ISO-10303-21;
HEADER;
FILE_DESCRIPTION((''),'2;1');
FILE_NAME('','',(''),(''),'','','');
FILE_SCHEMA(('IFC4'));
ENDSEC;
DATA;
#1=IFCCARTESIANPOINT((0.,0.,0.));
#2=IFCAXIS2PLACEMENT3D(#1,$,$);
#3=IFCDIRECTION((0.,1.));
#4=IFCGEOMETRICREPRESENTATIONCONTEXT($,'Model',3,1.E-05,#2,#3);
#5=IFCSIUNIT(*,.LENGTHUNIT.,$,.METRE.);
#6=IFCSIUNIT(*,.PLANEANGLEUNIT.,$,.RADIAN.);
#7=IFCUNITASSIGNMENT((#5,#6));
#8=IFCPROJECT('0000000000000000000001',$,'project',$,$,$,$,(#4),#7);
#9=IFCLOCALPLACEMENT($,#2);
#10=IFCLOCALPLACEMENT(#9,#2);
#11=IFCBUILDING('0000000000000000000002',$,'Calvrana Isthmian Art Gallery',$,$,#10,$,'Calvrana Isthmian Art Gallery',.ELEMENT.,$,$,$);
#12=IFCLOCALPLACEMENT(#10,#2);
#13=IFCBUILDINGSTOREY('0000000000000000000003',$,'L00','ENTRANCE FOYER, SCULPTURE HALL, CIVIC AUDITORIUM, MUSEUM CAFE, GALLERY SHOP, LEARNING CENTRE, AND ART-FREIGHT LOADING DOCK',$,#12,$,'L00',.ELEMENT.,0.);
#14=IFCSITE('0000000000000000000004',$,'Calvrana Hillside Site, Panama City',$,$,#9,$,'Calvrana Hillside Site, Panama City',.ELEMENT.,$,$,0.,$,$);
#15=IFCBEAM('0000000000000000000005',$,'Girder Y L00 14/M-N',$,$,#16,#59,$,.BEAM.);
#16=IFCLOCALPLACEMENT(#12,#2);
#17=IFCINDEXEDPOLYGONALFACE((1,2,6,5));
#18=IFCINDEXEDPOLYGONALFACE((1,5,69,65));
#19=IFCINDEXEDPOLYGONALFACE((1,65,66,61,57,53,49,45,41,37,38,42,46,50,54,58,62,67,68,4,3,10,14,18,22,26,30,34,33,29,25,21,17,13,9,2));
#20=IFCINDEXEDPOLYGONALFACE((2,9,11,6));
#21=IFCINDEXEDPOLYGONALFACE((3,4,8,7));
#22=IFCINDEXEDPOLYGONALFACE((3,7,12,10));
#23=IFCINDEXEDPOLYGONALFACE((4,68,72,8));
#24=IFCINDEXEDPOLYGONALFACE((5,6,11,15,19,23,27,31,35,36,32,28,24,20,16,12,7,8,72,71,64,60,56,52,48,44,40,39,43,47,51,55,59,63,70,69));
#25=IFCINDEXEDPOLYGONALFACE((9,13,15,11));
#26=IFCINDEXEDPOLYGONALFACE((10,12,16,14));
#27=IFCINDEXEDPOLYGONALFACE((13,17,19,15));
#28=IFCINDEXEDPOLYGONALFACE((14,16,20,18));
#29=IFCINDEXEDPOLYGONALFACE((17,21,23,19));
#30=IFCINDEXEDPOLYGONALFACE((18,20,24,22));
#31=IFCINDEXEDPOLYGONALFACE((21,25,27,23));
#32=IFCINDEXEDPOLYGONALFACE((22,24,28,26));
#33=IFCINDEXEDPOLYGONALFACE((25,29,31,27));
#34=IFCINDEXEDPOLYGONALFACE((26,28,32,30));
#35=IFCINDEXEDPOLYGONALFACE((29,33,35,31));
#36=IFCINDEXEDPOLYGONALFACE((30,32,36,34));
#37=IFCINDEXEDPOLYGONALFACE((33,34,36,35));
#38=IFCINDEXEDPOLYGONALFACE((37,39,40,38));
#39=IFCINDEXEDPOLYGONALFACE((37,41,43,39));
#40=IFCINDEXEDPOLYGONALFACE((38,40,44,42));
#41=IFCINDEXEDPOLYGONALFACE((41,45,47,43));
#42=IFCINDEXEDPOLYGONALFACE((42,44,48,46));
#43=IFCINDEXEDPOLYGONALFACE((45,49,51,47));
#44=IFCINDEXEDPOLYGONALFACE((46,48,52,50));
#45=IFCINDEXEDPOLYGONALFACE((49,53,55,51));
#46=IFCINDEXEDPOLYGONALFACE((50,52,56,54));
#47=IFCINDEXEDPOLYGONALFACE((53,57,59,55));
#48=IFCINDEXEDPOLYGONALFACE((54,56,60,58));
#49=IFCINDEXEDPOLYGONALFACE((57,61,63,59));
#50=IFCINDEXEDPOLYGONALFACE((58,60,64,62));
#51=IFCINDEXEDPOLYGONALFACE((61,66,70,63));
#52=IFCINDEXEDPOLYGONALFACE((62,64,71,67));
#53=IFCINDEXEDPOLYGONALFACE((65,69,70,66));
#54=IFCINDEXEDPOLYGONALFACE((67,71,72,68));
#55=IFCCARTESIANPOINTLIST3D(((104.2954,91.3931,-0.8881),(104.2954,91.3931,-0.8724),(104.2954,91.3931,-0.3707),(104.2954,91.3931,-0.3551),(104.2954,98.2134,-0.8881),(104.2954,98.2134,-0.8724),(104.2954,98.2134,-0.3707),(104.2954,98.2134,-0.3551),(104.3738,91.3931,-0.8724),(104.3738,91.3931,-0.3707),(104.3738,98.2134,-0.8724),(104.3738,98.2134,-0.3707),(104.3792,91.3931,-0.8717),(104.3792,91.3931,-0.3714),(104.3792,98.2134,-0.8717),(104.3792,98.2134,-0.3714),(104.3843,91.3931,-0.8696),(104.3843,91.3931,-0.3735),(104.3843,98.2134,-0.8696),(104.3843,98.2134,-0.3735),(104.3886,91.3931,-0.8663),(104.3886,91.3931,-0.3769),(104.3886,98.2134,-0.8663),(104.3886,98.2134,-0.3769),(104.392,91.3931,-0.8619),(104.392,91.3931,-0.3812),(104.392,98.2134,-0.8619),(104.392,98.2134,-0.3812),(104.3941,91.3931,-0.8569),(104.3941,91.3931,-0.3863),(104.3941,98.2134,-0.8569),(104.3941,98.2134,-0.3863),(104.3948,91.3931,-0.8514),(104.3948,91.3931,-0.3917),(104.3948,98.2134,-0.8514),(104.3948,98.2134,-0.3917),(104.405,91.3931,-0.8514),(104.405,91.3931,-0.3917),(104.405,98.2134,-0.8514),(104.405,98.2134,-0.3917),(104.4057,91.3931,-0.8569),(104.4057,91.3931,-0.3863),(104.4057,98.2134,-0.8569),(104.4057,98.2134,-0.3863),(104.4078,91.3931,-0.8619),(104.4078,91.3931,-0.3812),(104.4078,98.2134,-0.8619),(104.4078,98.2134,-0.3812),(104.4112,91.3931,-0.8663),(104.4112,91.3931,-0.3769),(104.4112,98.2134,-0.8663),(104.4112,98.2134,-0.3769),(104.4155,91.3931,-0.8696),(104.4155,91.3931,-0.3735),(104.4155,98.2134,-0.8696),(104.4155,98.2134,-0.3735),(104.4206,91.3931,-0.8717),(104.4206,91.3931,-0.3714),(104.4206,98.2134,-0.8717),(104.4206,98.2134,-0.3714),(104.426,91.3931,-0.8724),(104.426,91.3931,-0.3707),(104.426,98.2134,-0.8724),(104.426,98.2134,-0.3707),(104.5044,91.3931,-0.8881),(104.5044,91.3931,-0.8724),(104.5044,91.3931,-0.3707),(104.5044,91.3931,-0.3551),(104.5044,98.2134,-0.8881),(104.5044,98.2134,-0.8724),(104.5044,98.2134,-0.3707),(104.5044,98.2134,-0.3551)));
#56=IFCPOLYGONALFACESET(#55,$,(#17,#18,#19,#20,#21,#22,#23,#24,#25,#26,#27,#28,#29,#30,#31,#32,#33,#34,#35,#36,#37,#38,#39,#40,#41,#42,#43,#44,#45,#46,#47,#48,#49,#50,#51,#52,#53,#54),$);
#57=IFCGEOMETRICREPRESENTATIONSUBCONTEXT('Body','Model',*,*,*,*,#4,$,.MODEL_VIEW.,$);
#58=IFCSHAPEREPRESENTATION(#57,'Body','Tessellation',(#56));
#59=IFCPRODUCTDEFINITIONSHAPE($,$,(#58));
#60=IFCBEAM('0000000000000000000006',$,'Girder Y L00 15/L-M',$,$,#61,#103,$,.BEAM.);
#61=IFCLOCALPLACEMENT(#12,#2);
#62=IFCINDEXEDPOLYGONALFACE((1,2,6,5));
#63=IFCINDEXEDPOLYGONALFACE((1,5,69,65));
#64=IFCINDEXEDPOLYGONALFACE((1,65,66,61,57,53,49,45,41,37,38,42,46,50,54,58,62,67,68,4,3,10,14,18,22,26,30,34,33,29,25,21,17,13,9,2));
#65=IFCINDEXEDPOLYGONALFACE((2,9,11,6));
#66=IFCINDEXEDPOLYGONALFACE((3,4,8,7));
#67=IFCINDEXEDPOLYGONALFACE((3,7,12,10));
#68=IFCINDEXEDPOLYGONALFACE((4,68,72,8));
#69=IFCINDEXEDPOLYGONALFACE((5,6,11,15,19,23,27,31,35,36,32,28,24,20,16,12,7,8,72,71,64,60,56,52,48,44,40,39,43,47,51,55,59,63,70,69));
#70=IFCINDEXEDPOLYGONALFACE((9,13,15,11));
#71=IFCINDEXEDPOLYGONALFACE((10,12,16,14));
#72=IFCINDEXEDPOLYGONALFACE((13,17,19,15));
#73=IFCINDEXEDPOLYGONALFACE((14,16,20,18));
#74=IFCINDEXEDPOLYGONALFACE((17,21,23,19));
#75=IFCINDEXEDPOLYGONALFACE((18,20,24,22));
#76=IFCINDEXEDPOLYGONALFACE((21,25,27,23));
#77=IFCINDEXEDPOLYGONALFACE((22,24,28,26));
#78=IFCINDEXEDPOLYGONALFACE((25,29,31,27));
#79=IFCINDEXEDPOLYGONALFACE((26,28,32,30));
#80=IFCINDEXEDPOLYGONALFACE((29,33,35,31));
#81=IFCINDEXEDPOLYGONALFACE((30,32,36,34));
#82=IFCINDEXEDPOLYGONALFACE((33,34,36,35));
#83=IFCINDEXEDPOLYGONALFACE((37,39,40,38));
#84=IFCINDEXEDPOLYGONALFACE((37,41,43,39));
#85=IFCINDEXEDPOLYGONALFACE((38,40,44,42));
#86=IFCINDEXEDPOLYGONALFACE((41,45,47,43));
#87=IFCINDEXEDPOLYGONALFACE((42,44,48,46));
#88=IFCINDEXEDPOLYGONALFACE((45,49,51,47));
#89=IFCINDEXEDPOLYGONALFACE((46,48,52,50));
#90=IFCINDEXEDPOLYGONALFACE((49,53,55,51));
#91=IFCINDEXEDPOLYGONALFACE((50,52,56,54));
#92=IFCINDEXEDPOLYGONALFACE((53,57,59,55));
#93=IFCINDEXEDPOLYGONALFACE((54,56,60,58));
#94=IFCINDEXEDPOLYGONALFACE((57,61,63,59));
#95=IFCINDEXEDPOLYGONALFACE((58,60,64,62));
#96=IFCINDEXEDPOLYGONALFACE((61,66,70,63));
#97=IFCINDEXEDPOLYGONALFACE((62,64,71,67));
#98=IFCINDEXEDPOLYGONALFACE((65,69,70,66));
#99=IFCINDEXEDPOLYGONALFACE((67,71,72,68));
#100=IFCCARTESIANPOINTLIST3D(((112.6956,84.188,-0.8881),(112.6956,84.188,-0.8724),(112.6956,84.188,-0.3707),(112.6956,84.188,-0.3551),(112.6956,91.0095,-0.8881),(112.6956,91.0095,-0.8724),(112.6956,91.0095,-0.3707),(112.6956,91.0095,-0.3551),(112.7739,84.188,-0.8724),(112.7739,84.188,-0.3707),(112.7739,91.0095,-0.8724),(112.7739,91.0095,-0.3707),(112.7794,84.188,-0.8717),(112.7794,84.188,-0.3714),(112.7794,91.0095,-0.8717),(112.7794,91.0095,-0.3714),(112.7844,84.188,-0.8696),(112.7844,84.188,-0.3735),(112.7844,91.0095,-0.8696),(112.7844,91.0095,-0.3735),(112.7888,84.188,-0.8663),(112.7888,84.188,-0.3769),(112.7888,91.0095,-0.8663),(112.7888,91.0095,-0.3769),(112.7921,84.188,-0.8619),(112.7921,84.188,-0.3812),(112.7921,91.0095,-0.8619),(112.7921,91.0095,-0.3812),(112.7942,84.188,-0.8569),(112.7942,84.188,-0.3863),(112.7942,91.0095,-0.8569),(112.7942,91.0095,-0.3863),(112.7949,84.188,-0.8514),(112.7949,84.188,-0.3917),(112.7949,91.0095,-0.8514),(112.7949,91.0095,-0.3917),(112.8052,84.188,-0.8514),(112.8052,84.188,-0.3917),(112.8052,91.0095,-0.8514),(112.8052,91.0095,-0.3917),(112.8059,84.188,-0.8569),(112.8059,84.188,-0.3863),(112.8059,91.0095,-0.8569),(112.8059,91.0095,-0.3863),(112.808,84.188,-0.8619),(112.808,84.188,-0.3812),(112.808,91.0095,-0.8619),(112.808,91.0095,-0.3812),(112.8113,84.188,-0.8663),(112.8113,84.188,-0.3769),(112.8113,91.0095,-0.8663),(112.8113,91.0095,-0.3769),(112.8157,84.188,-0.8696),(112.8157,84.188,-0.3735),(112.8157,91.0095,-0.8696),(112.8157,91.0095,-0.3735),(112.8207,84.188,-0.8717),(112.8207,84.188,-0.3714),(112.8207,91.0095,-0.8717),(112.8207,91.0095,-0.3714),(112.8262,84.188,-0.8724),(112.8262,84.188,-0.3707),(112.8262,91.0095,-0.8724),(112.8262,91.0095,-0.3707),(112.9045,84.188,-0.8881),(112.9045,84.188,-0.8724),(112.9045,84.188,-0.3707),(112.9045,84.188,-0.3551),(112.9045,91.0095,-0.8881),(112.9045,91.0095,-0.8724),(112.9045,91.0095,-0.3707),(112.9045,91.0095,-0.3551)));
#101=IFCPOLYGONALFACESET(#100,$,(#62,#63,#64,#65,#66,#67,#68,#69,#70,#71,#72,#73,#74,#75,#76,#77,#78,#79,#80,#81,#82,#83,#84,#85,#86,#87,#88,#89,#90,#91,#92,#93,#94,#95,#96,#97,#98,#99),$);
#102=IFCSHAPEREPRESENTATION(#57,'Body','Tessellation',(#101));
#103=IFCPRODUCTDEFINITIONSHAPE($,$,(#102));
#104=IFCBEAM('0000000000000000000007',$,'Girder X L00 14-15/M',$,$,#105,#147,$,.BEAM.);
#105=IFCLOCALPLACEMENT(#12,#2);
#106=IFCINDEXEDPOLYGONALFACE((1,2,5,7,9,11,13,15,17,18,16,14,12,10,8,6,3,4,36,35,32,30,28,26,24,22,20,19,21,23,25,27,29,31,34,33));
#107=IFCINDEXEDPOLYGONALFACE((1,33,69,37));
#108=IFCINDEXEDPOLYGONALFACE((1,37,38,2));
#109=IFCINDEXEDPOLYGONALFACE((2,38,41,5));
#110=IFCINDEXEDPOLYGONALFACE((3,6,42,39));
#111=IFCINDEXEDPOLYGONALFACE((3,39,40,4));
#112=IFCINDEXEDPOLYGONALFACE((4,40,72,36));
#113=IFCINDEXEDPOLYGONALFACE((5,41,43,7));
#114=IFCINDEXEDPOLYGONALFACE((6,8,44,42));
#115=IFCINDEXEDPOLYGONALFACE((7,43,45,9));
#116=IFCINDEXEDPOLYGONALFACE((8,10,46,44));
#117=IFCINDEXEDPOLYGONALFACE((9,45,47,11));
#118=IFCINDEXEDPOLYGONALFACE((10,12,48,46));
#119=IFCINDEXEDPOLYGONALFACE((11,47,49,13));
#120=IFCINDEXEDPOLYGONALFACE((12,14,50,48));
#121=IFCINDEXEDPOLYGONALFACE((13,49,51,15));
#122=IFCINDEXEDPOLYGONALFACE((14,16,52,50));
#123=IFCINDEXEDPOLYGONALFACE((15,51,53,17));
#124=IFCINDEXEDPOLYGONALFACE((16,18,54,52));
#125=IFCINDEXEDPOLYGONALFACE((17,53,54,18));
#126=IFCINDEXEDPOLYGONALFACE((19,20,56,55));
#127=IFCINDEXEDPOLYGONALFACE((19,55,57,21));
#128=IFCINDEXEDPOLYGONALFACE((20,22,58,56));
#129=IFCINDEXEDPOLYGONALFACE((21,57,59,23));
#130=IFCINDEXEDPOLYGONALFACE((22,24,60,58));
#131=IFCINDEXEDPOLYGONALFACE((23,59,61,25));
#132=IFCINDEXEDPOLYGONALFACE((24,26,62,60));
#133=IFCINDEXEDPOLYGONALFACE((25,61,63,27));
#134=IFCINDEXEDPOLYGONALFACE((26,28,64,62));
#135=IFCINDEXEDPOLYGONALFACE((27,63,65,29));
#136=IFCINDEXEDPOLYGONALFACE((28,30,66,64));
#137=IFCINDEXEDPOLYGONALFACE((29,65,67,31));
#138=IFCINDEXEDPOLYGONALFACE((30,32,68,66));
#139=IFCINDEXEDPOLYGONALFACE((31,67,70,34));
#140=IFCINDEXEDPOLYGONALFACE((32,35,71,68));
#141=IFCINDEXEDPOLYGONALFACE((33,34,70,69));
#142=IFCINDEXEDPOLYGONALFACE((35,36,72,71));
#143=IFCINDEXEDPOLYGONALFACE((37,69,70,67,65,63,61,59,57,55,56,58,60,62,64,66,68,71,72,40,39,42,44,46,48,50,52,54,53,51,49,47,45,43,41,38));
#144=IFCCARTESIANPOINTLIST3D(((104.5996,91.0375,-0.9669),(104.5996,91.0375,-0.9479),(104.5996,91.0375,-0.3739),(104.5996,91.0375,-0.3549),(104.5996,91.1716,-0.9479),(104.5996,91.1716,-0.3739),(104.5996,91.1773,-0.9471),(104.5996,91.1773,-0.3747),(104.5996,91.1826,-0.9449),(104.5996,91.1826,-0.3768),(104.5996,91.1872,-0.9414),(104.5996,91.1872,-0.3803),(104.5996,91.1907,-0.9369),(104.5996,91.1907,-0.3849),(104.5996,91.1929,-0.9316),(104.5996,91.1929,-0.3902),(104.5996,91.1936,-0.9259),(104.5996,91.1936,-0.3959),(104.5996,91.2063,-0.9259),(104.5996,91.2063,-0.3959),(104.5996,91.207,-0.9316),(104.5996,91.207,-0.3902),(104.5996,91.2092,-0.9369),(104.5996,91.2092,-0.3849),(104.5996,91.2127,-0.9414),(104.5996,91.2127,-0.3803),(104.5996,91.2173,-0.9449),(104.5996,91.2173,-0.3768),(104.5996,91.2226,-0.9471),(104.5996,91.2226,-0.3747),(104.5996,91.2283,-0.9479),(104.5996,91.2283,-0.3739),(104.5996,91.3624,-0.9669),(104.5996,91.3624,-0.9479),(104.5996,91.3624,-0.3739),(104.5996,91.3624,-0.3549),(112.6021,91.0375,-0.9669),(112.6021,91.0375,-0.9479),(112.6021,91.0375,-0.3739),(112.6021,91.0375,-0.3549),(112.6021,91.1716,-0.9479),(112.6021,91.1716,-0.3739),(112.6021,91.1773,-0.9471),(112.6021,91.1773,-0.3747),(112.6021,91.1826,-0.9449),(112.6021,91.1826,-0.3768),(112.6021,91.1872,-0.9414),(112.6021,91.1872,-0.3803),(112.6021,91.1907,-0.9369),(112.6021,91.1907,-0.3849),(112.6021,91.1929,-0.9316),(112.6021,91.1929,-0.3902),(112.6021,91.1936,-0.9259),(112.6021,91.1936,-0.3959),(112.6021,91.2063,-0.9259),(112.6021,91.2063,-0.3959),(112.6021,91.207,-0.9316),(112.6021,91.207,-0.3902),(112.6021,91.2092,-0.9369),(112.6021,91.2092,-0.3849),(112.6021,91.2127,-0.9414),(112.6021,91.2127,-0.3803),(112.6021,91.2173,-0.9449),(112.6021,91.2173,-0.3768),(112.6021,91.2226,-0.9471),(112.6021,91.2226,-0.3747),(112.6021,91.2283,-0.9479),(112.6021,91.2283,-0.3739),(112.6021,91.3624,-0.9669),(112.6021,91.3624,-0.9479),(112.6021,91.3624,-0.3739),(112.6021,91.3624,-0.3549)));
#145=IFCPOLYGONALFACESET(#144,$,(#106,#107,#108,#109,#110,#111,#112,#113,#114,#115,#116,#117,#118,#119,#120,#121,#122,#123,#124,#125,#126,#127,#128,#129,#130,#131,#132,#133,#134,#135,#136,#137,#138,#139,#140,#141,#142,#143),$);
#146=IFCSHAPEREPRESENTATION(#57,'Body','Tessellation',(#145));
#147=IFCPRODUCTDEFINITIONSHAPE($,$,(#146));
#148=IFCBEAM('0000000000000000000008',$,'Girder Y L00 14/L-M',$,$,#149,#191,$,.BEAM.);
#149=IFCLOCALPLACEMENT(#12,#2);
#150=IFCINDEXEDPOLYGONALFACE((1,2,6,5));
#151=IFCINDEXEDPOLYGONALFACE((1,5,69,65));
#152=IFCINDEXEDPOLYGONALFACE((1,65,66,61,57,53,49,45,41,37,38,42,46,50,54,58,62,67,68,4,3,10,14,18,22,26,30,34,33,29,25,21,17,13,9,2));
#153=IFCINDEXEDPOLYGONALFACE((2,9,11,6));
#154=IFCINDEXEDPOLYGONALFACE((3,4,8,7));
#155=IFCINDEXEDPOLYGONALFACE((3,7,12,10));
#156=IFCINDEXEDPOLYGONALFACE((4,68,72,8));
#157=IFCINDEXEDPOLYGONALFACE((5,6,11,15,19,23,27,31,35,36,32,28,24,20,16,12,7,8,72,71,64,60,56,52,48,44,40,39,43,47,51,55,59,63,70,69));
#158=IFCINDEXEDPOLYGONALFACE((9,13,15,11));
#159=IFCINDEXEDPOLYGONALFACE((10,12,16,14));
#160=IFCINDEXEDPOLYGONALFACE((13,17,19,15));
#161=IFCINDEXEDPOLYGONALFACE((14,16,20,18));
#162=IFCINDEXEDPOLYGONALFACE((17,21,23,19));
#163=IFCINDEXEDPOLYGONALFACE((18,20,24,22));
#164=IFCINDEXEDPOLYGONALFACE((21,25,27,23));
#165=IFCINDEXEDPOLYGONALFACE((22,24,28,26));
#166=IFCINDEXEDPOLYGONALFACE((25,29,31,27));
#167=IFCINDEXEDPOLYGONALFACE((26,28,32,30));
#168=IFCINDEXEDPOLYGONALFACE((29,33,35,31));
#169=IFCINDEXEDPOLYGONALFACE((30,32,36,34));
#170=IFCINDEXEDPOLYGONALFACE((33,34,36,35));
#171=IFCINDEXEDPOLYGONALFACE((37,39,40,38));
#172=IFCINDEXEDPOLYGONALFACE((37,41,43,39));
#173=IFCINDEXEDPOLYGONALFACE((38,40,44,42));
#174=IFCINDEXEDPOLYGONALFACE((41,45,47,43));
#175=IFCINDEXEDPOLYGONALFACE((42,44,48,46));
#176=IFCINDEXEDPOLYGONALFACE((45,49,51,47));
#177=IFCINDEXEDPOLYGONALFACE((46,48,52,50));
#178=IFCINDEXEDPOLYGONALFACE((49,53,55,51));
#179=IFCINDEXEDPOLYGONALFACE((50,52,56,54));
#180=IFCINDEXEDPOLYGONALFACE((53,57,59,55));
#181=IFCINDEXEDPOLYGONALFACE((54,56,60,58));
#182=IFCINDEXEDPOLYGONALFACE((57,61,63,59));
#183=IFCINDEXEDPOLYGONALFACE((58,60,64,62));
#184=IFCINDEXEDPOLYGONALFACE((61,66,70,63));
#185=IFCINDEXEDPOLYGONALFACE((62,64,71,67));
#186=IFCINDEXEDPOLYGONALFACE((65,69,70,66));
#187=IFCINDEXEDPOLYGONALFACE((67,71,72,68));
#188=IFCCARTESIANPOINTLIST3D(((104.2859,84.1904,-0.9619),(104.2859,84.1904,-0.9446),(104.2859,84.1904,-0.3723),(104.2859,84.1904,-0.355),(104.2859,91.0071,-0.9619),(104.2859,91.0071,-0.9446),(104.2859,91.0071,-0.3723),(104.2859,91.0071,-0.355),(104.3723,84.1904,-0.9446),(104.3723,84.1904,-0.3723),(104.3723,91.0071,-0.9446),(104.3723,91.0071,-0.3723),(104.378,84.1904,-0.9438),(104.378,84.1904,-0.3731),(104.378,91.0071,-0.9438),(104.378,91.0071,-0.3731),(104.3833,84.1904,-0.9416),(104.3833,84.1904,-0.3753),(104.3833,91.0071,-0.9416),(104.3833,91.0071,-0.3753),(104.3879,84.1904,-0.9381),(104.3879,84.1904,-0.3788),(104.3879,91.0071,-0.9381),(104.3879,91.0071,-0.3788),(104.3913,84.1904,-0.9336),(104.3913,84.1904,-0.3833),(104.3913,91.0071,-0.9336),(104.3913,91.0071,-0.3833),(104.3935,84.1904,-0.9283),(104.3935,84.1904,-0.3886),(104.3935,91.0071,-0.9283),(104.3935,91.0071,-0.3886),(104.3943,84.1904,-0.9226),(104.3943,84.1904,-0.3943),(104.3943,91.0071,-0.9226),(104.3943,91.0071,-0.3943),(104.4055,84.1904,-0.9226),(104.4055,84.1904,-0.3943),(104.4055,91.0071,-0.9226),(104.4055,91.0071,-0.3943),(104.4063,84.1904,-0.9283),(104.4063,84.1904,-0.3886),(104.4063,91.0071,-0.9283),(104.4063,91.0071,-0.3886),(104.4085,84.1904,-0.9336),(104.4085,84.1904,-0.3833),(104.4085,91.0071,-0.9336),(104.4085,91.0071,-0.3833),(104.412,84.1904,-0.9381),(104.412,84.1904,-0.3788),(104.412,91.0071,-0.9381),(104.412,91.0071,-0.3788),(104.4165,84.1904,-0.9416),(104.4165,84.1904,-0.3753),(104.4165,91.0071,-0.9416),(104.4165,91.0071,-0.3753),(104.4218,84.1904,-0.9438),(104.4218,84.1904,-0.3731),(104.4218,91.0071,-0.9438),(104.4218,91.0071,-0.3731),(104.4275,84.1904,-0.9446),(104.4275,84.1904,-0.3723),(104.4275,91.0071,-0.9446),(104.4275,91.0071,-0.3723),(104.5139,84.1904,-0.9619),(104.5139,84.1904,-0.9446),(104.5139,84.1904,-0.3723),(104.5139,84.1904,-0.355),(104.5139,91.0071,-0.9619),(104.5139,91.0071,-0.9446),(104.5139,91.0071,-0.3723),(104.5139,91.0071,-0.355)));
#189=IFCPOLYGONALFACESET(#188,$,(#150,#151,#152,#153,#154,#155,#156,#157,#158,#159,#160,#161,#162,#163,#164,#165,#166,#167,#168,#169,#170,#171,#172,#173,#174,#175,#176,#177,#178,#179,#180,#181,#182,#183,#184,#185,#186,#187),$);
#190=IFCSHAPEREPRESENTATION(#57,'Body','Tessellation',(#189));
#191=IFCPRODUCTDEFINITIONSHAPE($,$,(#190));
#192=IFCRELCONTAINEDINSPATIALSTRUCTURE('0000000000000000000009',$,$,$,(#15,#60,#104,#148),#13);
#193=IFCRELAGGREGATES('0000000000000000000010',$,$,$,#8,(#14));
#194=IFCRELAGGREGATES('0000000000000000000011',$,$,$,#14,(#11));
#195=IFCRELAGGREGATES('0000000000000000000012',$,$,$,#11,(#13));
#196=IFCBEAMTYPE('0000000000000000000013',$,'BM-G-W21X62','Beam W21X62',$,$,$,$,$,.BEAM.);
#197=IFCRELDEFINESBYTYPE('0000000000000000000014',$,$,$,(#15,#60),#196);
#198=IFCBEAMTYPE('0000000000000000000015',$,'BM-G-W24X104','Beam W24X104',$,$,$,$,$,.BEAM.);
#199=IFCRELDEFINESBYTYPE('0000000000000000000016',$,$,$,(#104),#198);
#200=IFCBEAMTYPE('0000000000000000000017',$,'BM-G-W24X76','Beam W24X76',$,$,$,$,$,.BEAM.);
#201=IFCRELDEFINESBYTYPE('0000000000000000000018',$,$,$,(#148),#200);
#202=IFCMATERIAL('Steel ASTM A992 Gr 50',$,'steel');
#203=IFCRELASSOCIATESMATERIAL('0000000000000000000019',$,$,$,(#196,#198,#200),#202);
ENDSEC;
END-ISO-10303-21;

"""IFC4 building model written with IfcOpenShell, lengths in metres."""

from ifc_helpers import new_model, si_unit, direction, frame, origin, origin_2d, place, context, subcontext, project, spatial, i_section, extrude, material, material_profile, profile_set, type_object, element, save


model = new_model("IFC4")

# Units and contexts
model_context = context("Model", 3, precision=1e-05, world=origin(), true_north=direction((0.0, 1.0)))
body_context = subcontext(model_context, "Body", "Model", "MODEL_VIEW")
ifc_project = project(units=[si_unit("LENGTHUNIT", "METRE"), si_unit("PLANEANGLEUNIT", "RADIAN")], contexts=[model_context])

# Site, building, storey
site_placement = place(None, origin())
site = spatial("IfcSite", under=ifc_project, at=site_placement, Name="Calvrana Hillside Site, Panama City", LongName="Calvrana Hillside Site, Panama City", CompositionType="ELEMENT", RefElevation=0.0)
building_placement = place(site_placement, origin())
building = spatial("IfcBuilding", under=site, at=building_placement, Name="Calvrana Isthmian Art Gallery", LongName="Calvrana Isthmian Art Gallery", CompositionType="ELEMENT")
storey_placement = place(building_placement, origin())
storey = spatial("IfcBuildingStorey", under=building, at=storey_placement, Name="L00", Description="ENTRANCE FOYER, SCULPTURE HALL, CIVIC AUDITORIUM, MUSEUM CAFE, GALLERY SHOP, LEARNING CENTRE, AND ART-FREIGHT LOADING DOCK", LongName="L00", CompositionType="ELEMENT", Elevation=0.0)

# Shared definitions
ifc_material_1 = material(Name="Steel ASTM A992 Gr 50", Category="steel")

# Beams
ifc_material_profile_1 = material_profile(ifc_material_1, i_section(OverallWidth=0.209, OverallDepth=0.533, WebThickness=0.0103, FlangeThickness=0.0156, FilletRadius=0.021, at=origin_2d()), Name="W21X62")
ifc_profile_set_1 = profile_set([ifc_material_profile_1], Name="Steel ASTM A992 Gr 50")
beam_type_1 = type_object("IfcBeamType", Name="BM-G-W21X62", Description="Beam W21X62", PredefinedType="BEAM", material=ifc_profile_set_1)
beam_1_placement = place(storey_placement, frame((104.3999, 91.3931, -0.6216), z_axis=(0.0, 1.0, 0.0), x_axis=(-1.0, 0.0, 0.0)))
element("IfcBeam", 1, at=beam_1_placement, inside=storey, type_object=beam_type_1, Name="Girder Y L00 14/M-N", PredefinedType="BEAM", context=body_context, shape_type="SweptSolid", body=[
    extrude(i_section(OverallWidth=0.209, OverallDepth=0.533, WebThickness=0.0103, FlangeThickness=0.0156, FilletRadius=0.021, at=origin_2d()), origin(), (0.0, 0.0, 1.0), 6.8203),
])
beam_2_placement = place(storey_placement, frame((112.8, 84.188, -0.6216), z_axis=(0.0, 1.0, 0.0), x_axis=(-1.0, 0.0, 0.0)))
element("IfcBeam", 2, at=beam_2_placement, inside=storey, type_object=beam_type_1, Name="Girder Y L00 15/L-M", PredefinedType="BEAM", context=body_context, shape_type="SweptSolid", body=[
    extrude(i_section(OverallWidth=0.209, OverallDepth=0.533, WebThickness=0.0103, FlangeThickness=0.0156, FilletRadius=0.021, at=origin_2d()), origin(), (0.0, 0.0, 1.0), 6.8215),
])
ifc_material_profile_2 = material_profile(ifc_material_1, i_section(OverallWidth=0.325, OverallDepth=0.6121, WebThickness=0.0127, FlangeThickness=0.019, FilletRadius=0.022, at=origin_2d()), Name="W24X104")
ifc_profile_set_2 = profile_set([ifc_material_profile_2], Name="Steel ASTM A992 Gr 50")
beam_type_2 = type_object("IfcBeamType", Name="BM-G-W24X104", Description="Beam W24X104", PredefinedType="BEAM", material=ifc_profile_set_2)
beam_3_placement = place(storey_placement, frame((104.5996, 91.2, -0.6609), z_axis=(1.0, 0.0, 0.0), x_axis=(0.0, 1.0, 0.0)))
element("IfcBeam", 3, at=beam_3_placement, inside=storey, type_object=beam_type_2, Name="Girder X L00 14-15/M", PredefinedType="BEAM", context=body_context, shape_type="SweptSolid", body=[
    extrude(i_section(OverallWidth=0.325, OverallDepth=0.6121, WebThickness=0.0127, FlangeThickness=0.019, FilletRadius=0.022, at=origin_2d()), origin(), (0.0, 0.0, 1.0), 8.0024),
])
ifc_material_profile_3 = material_profile(ifc_material_1, i_section(OverallWidth=0.228, OverallDepth=0.6069, WebThickness=0.0112, FlangeThickness=0.0173, FilletRadius=0.022, at=origin_2d()), Name="W24X76")
ifc_profile_set_3 = profile_set([ifc_material_profile_3], Name="Steel ASTM A992 Gr 50")
beam_type_3 = type_object("IfcBeamType", Name="BM-G-W24X76", Description="Beam W24X76", PredefinedType="BEAM", material=ifc_profile_set_3)
beam_4_placement = place(storey_placement, frame((104.3999, 84.1904, -0.6584), z_axis=(0.0, 1.0, 0.0), x_axis=(-1.0, 0.0, 0.0)))
element("IfcBeam", 4, at=beam_4_placement, inside=storey, type_object=beam_type_3, Name="Girder Y L00 14/L-M", PredefinedType="BEAM", context=body_context, shape_type="SweptSolid", body=[
    extrude(i_section(OverallWidth=0.228, OverallDepth=0.6069, WebThickness=0.0112, FlangeThickness=0.0173, FilletRadius=0.022, at=origin_2d()), origin(), (0.0, 0.0, 1.0), 6.8167),
])

save(model, "model.ifc")
